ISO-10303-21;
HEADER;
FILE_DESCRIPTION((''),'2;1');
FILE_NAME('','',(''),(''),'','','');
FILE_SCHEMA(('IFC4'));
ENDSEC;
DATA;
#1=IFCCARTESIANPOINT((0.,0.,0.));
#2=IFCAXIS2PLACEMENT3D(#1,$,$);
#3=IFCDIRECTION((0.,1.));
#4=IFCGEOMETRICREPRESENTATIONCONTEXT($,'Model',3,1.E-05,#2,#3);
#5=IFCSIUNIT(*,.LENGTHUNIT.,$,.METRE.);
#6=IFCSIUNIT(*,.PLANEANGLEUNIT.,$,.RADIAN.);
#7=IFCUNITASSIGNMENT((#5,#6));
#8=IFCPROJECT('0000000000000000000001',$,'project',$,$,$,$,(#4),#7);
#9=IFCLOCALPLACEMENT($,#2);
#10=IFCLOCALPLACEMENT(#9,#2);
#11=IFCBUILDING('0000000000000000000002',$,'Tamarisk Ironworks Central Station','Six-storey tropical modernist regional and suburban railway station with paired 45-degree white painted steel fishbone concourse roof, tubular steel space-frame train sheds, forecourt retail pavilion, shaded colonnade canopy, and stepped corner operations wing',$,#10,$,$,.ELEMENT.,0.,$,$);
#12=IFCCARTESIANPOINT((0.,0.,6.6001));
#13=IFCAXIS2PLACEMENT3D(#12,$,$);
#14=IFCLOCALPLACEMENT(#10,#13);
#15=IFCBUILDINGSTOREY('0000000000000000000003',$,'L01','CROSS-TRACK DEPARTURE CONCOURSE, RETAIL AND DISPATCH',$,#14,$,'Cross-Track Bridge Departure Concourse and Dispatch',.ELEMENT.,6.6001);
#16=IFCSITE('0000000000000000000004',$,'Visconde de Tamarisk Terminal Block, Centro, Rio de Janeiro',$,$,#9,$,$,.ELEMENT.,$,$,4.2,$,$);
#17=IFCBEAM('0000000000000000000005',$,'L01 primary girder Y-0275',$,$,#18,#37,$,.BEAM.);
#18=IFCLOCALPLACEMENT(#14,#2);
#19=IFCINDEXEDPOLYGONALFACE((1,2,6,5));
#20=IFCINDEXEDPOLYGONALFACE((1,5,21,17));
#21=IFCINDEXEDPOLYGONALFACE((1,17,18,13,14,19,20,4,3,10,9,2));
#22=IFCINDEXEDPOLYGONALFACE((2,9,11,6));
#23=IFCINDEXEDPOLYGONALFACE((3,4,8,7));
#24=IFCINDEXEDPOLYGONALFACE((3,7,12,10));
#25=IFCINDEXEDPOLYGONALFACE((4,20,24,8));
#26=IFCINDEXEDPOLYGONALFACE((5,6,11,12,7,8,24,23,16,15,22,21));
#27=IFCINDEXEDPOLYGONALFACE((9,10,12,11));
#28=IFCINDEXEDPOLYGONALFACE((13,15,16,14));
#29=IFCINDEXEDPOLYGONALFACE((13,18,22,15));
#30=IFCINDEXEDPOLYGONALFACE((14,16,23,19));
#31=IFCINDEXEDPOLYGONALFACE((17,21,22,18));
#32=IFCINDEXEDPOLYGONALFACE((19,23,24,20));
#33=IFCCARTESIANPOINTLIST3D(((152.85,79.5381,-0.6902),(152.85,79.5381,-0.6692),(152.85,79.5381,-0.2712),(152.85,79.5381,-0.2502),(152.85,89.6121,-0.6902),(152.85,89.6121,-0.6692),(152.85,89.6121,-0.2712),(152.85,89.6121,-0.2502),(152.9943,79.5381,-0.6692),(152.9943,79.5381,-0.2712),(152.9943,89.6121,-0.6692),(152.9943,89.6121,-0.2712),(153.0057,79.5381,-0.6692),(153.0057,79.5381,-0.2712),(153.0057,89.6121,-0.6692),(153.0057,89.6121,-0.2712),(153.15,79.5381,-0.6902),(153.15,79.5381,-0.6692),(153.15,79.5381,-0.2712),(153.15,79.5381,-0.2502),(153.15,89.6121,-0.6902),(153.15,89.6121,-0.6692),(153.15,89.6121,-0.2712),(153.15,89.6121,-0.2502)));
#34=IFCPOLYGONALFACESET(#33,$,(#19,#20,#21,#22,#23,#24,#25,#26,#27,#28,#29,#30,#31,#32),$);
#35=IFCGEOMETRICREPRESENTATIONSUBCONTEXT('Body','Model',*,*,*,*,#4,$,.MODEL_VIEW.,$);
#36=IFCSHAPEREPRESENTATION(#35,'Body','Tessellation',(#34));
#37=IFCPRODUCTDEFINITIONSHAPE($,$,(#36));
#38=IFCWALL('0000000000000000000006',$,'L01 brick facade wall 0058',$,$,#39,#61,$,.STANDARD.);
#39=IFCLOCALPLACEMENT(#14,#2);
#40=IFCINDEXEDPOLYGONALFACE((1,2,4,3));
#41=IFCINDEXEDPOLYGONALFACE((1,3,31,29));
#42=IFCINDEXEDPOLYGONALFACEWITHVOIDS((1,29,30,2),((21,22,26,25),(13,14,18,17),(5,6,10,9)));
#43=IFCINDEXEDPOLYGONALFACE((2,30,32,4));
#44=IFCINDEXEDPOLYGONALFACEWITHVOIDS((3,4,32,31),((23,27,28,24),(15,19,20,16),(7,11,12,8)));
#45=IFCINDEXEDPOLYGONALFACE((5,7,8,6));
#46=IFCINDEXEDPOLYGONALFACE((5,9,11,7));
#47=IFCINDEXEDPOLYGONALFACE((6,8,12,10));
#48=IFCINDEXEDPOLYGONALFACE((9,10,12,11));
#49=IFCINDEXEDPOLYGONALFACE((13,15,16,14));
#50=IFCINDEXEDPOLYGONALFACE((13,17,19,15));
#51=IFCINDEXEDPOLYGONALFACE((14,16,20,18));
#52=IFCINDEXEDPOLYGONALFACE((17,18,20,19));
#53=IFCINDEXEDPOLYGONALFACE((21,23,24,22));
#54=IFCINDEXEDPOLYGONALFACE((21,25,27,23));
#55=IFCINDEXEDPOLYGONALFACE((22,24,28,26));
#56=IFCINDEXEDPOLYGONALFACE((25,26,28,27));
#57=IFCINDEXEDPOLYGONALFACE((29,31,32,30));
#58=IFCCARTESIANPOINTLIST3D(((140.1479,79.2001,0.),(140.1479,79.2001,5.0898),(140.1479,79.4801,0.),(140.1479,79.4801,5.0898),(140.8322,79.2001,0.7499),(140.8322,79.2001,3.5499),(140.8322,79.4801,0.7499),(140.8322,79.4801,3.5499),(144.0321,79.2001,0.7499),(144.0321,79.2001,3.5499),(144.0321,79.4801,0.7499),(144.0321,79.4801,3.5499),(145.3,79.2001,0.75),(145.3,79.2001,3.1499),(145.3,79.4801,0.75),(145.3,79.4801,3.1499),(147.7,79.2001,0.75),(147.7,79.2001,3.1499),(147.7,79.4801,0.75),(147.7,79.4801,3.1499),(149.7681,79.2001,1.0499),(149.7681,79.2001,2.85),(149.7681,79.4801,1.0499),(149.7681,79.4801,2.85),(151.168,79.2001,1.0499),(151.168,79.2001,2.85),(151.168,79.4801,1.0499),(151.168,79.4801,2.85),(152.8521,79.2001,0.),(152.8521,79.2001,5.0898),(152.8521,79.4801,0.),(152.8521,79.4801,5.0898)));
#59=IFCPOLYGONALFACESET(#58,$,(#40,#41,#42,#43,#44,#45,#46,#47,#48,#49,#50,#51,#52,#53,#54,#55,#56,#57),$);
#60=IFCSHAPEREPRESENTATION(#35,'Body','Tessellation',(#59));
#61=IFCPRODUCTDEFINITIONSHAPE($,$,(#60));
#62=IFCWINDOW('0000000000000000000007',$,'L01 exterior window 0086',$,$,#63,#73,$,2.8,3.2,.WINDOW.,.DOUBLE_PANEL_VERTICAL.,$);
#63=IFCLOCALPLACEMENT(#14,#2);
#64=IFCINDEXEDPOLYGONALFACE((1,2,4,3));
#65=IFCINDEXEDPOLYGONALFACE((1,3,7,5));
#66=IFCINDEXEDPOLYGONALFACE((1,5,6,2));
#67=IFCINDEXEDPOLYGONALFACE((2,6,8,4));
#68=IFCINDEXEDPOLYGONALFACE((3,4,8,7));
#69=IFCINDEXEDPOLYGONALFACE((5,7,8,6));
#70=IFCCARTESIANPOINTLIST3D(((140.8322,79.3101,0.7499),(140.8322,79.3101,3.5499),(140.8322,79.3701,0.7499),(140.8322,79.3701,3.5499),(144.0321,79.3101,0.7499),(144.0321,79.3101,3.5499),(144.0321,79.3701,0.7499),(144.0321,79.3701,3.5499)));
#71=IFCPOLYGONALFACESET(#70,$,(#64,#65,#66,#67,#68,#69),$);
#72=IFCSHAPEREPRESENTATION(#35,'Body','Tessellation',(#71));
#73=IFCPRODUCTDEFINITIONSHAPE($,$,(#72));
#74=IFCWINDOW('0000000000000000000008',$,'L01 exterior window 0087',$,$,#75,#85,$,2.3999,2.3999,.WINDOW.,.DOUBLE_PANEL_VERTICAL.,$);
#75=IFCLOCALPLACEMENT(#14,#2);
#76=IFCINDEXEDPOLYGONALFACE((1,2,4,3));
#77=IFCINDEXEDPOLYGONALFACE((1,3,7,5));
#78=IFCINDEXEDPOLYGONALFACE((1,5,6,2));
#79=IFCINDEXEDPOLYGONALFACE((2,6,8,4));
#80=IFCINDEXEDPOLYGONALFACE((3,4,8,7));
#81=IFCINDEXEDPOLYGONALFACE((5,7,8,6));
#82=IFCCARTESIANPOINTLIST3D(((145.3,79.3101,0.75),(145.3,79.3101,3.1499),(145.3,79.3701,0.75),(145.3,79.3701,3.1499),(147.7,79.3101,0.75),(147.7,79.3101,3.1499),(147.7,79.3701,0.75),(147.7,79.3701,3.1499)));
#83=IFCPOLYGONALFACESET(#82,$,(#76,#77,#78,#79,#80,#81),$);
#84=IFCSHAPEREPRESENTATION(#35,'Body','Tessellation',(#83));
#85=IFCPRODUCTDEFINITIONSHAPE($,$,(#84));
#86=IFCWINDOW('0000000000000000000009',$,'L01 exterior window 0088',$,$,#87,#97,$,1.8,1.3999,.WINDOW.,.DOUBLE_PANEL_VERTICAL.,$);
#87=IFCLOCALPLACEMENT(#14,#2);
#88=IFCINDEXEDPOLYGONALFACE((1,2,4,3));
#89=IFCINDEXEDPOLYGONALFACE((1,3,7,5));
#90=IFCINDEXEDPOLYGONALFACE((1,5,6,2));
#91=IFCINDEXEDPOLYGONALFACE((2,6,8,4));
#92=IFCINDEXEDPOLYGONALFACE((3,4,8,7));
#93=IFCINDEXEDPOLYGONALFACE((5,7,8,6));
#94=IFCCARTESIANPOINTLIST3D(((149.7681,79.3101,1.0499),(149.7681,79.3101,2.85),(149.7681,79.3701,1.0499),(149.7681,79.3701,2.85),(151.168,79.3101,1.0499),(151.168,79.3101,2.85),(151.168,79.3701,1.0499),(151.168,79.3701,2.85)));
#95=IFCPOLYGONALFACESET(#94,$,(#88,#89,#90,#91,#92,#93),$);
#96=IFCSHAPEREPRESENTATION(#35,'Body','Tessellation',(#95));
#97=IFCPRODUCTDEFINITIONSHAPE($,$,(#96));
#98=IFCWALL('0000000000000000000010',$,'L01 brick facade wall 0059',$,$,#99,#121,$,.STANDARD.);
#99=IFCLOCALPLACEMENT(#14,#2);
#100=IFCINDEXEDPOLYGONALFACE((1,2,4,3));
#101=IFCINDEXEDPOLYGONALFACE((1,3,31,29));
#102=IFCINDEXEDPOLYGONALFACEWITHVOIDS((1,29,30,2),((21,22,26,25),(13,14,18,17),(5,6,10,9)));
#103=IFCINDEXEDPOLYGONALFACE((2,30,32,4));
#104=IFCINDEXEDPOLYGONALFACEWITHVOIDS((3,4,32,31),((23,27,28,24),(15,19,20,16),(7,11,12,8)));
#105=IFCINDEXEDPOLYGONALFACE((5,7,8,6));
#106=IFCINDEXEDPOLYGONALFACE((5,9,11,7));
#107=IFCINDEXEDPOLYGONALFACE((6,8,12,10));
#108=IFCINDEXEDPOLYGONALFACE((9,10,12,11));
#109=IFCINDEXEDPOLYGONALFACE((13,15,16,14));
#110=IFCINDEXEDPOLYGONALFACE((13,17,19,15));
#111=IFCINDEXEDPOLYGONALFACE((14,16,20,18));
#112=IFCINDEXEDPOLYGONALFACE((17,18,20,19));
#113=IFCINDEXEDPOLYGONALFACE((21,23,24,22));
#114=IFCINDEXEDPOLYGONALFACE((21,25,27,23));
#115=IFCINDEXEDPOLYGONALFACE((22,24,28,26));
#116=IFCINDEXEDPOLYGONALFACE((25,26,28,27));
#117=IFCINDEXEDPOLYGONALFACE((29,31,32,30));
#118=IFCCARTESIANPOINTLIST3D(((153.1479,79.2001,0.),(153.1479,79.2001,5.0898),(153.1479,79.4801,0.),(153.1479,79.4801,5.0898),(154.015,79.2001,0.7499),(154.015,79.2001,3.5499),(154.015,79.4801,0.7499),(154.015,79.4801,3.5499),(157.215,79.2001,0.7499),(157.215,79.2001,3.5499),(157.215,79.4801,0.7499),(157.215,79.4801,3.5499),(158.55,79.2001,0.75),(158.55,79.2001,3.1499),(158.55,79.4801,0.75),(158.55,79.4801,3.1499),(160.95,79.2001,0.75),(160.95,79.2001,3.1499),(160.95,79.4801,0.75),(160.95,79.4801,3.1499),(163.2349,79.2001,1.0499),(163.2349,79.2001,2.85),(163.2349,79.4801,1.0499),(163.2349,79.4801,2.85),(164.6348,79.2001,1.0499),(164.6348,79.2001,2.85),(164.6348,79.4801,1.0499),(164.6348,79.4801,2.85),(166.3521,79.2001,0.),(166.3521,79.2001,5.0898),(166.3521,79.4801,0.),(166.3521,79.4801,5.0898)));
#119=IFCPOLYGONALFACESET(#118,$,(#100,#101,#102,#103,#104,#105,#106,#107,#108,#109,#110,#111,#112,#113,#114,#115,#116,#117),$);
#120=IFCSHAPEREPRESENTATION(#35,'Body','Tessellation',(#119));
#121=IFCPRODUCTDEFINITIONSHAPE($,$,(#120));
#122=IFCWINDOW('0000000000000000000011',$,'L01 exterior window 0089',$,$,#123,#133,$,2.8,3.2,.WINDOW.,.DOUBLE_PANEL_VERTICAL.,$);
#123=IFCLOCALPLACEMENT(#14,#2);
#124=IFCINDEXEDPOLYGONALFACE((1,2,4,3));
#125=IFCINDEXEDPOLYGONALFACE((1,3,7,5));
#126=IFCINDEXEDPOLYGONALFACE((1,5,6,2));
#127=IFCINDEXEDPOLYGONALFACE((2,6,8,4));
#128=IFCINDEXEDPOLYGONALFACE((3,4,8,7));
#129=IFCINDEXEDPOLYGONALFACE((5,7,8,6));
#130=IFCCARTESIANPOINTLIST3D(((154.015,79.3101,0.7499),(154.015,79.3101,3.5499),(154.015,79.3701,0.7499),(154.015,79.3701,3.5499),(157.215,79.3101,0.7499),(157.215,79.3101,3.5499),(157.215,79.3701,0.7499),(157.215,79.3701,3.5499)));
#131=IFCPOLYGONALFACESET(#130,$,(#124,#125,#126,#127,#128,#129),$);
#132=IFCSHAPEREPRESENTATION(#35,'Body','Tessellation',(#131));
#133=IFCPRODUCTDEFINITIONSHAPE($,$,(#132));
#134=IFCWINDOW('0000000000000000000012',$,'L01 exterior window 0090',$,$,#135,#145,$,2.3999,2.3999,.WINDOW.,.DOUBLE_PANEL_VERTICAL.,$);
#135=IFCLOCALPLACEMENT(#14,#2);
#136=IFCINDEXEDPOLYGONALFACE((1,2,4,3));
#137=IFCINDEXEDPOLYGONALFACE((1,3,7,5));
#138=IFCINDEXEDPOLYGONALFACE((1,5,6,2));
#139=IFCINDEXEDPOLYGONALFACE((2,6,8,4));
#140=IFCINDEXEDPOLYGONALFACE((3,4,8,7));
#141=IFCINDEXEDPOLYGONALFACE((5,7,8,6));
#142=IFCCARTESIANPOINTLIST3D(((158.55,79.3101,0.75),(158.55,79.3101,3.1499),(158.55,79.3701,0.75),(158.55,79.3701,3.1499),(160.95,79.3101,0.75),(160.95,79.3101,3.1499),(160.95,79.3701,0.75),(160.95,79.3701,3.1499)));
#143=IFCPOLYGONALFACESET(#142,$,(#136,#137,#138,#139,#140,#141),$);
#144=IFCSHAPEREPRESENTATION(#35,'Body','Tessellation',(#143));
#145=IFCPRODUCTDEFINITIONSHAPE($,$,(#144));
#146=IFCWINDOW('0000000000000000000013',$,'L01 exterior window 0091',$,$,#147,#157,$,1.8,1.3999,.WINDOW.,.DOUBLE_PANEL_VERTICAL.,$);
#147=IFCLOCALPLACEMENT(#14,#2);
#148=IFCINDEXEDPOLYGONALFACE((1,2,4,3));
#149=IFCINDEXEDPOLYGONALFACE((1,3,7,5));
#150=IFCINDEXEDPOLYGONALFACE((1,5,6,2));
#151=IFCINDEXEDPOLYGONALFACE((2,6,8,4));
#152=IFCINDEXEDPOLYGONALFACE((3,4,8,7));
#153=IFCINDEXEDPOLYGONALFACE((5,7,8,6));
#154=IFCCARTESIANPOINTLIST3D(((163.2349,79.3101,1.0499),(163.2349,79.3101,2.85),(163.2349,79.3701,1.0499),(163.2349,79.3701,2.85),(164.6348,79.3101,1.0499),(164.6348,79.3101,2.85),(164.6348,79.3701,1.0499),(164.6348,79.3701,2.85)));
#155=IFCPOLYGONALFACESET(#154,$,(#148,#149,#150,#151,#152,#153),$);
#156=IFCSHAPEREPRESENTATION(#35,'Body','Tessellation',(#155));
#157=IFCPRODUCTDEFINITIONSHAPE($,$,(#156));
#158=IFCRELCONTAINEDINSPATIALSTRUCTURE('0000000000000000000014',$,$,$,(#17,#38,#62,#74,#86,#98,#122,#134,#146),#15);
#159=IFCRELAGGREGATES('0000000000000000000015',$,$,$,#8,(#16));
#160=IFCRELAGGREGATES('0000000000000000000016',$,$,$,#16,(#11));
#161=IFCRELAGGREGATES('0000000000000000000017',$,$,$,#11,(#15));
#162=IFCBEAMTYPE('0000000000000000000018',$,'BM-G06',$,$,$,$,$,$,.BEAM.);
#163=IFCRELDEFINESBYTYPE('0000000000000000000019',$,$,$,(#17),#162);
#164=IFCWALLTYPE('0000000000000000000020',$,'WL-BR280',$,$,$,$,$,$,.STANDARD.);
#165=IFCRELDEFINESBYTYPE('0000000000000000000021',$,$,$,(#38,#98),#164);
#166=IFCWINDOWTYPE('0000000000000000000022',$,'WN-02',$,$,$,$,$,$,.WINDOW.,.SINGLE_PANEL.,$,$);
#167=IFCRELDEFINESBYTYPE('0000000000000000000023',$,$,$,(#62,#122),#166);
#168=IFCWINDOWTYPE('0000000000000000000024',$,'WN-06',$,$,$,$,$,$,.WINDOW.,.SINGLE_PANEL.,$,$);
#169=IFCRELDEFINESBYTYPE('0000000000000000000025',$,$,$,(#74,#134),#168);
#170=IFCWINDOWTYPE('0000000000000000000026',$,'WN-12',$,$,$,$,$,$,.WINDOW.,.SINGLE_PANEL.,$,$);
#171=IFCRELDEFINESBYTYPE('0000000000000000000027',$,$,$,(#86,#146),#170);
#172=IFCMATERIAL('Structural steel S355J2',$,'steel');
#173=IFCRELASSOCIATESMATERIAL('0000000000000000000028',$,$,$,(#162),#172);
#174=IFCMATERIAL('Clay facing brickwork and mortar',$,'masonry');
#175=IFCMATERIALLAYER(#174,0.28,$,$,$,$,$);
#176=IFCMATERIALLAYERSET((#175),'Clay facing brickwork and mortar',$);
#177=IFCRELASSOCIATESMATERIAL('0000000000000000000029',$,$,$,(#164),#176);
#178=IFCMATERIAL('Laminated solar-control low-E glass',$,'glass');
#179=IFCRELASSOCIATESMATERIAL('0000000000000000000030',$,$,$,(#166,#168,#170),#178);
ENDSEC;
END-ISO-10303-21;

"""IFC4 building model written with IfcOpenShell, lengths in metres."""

from ifc_helpers import new_model, si_unit, direction, frame, frame_2d, origin, origin_2d, place, context, subcontext, project, spatial, rectangle, i_section, extrude, material, layer, layer_set, material_profile, profile_set, type_object, element, fill, save


model = new_model("IFC4")

# Units and contexts
model_context = context("Model", 3, precision=1e-05, world=origin(), true_north=direction((0.0, 1.0)))
body_context = subcontext(model_context, "Body", "Model", "MODEL_VIEW")
ifc_project = project(units=[si_unit("LENGTHUNIT", "METRE"), si_unit("PLANEANGLEUNIT", "RADIAN")], contexts=[model_context])

# Site, building, storey
site_placement = place(None, origin())
site = spatial("IfcSite", under=ifc_project, at=site_placement, Name="Visconde de Tamarisk Terminal Block, Centro, Rio de Janeiro", CompositionType="ELEMENT", RefElevation=4.2)
building_placement = place(site_placement, origin())
building = spatial("IfcBuilding", under=site, at=building_placement, Name="Tamarisk Ironworks Central Station", Description="Six-storey tropical modernist regional and suburban railway station with paired 45-degree white painted steel fishbone concourse roof, tubular steel space-frame train sheds, forecourt retail pavilion, shaded colonnade canopy, and stepped corner operations wing", CompositionType="ELEMENT", ElevationOfRefHeight=0.0)
storey_placement = place(building_placement, frame((0.0, 0.0, 6.6001)))
storey = spatial("IfcBuildingStorey", under=building, at=storey_placement, Name="L01", Description="CROSS-TRACK DEPARTURE CONCOURSE, RETAIL AND DISPATCH", LongName="Cross-Track Bridge Departure Concourse and Dispatch", CompositionType="ELEMENT", Elevation=6.6001)

# Shared definitions
ifc_material_1 = material(Name="Structural steel S355J2", Category="steel")

# Beam
ifc_material_profile_1 = material_profile(ifc_material_1, i_section(OverallWidth=0.3, OverallDepth=0.4399, WebThickness=0.0115, FlangeThickness=0.021, at=origin_2d()), Name="HEA 450")
ifc_profile_set_1 = profile_set([ifc_material_profile_1], Name="Structural steel S355J2")
beam_type_1 = type_object("IfcBeamType", Name="BM-G06", PredefinedType="BEAM", material=ifc_profile_set_1)
beam_1_placement = place(storey_placement, frame((153.0, 79.5381, -0.4702), z_axis=(0.0, 1.0, 0.0), x_axis=(-1.0, 0.0, 0.0)))
element("IfcBeam", 1, at=beam_1_placement, inside=storey, type_object=beam_type_1, Name="L01 primary girder Y-0275", PredefinedType="BEAM", context=body_context, shape_type="SweptSolid", body=[
    extrude(i_section(OverallWidth=0.3, OverallDepth=0.4399, WebThickness=0.0115, FlangeThickness=0.021, at=origin_2d()), origin(), (0.0, 0.0, 1.0), 10.074),
])

# Walls, openings, windows
ifc_material_2 = material(Name="Clay facing brickwork and mortar", Category="masonry")
ifc_layer_1 = layer(ifc_material_2, 0.28)
ifc_layer_set_1 = layer_set([ifc_layer_1], Name="Clay facing brickwork and mortar")
wall_type_1 = type_object("IfcWallType", Name="WL-BR280", PredefinedType="STANDARD", material=ifc_layer_set_1)
wall_1_placement = place(storey_placement, frame((140.1479, 79.3401, 0.0), z_axis=(0.0, 0.0, 1.0), x_axis=(1.0, 0.0, 0.0)))
wall_1 = element("IfcWall", 2, at=wall_1_placement, inside=storey, type_object=wall_type_1, Name="L01 brick facade wall 0058", PredefinedType="STANDARD", context=body_context, shape_type="SweptSolid", body=[
    extrude(rectangle(XDim=12.7041, YDim=0.28, at=frame_2d((6.3521, 0.0))), origin(), (0.0, 0.0, 1.0), 5.0898),
])
opening_1_placement = place(wall_1_placement, frame((0.6841, 0.0, 0.75)))
opening_1 = element("IfcOpeningElement", 3, at=opening_1_placement, cuts=wall_1, PredefinedType="OPENING", context=body_context, shape_type="SweptSolid", body=[
    extrude(rectangle(XDim=3.2, YDim=2.8, at=frame_2d((1.6001, 1.3999))), frame((0.0, 0.1519, 0.0), z_axis=(0.0, -1.0, 0.0), x_axis=(1.0, 0.0, 0.0)), (0.0, 0.0, 1.0), 0.304),
])
opening_2_placement = place(wall_1_placement, frame((5.1521, 0.0, 0.75)))
opening_2 = element("IfcOpeningElement", 4, at=opening_2_placement, cuts=wall_1, PredefinedType="OPENING", context=body_context, shape_type="SweptSolid", body=[
    extrude(rectangle(XDim=2.3999, YDim=2.3999, at=frame_2d((1.2, 1.2))), frame((0.0, 0.1519, 0.0), z_axis=(0.0, -1.0, 0.0), x_axis=(1.0, 0.0, 0.0)), (0.0, 0.0, 1.0), 0.304),
])
opening_3_placement = place(wall_1_placement, frame((9.6201, 0.0, 1.05)))
opening_3 = element("IfcOpeningElement", 5, at=opening_3_placement, cuts=wall_1, PredefinedType="OPENING", context=body_context, shape_type="SweptSolid", body=[
    extrude(rectangle(XDim=1.3999, YDim=1.8, at=frame_2d((0.7, 0.8999))), frame((0.0, 0.1519, 0.0), z_axis=(0.0, -1.0, 0.0), x_axis=(1.0, 0.0, 0.0)), (0.0, 0.0, 1.0), 0.304),
])
ifc_material_3 = material(Name="Laminated solar-control low-E glass", Category="glass")
window_type_1 = type_object("IfcWindowType", Name="WN-02", PartitioningType="SINGLE_PANEL", PredefinedType="WINDOW", material=ifc_material_3)
window_1_placement = place(opening_1_placement, origin())
window_1 = element("IfcWindow", 6, at=window_1_placement, inside=storey, type_object=window_type_1, Name="L01 exterior window 0086", OverallHeight=2.8, OverallWidth=3.2, PartitioningType="DOUBLE_PANEL_VERTICAL", PredefinedType="WINDOW", context=body_context, shape_type="SweptSolid", body=[
    extrude(rectangle(XDim=3.2, YDim=2.8, at=frame_2d((1.6001, 1.3999))), frame((0.0, 0.03, 0.0), z_axis=(0.0, -1.0, 0.0), x_axis=(1.0, 0.0, 0.0)), (0.0, 0.0, 1.0), 0.0601),
])
fill(opening_1, window_1)
window_type_2 = type_object("IfcWindowType", Name="WN-06", PartitioningType="SINGLE_PANEL", PredefinedType="WINDOW", material=ifc_material_3)
window_2_placement = place(opening_2_placement, origin())
window_2 = element("IfcWindow", 7, at=window_2_placement, inside=storey, type_object=window_type_2, Name="L01 exterior window 0087", OverallHeight=2.3999, OverallWidth=2.3999, PartitioningType="DOUBLE_PANEL_VERTICAL", PredefinedType="WINDOW", context=body_context, shape_type="SweptSolid", body=[
    extrude(rectangle(XDim=2.3999, YDim=2.3999, at=frame_2d((1.2, 1.2))), frame((0.0, 0.03, 0.0), z_axis=(0.0, -1.0, 0.0), x_axis=(1.0, 0.0, 0.0)), (0.0, 0.0, 1.0), 0.0601),
])
fill(opening_2, window_2)
window_type_3 = type_object("IfcWindowType", Name="WN-12", PartitioningType="SINGLE_PANEL", PredefinedType="WINDOW", material=ifc_material_3)
window_3_placement = place(opening_3_placement, origin())
window_3 = element("IfcWindow", 8, at=window_3_placement, inside=storey, type_object=window_type_3, Name="L01 exterior window 0088", OverallHeight=1.8, OverallWidth=1.3999, PartitioningType="DOUBLE_PANEL_VERTICAL", PredefinedType="WINDOW", context=body_context, shape_type="SweptSolid", body=[
    extrude(rectangle(XDim=1.3999, YDim=1.8, at=frame_2d((0.7, 0.8999))), frame((0.0, 0.03, 0.0), z_axis=(0.0, -1.0, 0.0), x_axis=(1.0, 0.0, 0.0)), (0.0, 0.0, 1.0), 0.0601),
])
fill(opening_3, window_3)
wall_2_placement = place(storey_placement, frame((153.1479, 79.3401, 0.0), z_axis=(0.0, 0.0, 1.0), x_axis=(1.0, 0.0, 0.0)))
wall_2 = element("IfcWall", 9, at=wall_2_placement, inside=storey, type_object=wall_type_1, Name="L01 brick facade wall 0059", PredefinedType="STANDARD", context=body_context, shape_type="SweptSolid", body=[
    extrude(rectangle(XDim=13.2041, YDim=0.28, at=frame_2d((6.6021, 0.0))), origin(), (0.0, 0.0, 1.0), 5.0898),
])
opening_4_placement = place(wall_2_placement, frame((0.8669, 0.0, 0.75)))
opening_4 = element("IfcOpeningElement", 10, at=opening_4_placement, cuts=wall_2, PredefinedType="OPENING", context=body_context, shape_type="SweptSolid", body=[
    extrude(rectangle(XDim=3.2, YDim=2.8, at=frame_2d((1.6001, 1.3999))), frame((0.0, 0.1519, 0.0), z_axis=(0.0, -1.0, 0.0), x_axis=(1.0, 0.0, 0.0)), (0.0, 0.0, 1.0), 0.304),
])
opening_5_placement = place(wall_2_placement, frame((5.4021, 0.0, 0.75)))
opening_5 = element("IfcOpeningElement", 11, at=opening_5_placement, cuts=wall_2, PredefinedType="OPENING", context=body_context, shape_type="SweptSolid", body=[
    extrude(rectangle(XDim=2.3999, YDim=2.3999, at=frame_2d((1.2, 1.2))), frame((0.0, 0.1519, 0.0), z_axis=(0.0, -1.0, 0.0), x_axis=(1.0, 0.0, 0.0)), (0.0, 0.0, 1.0), 0.304),
])
opening_6_placement = place(wall_2_placement, frame((10.0869, 0.0, 1.05)))
opening_6 = element("IfcOpeningElement", 12, at=opening_6_placement, cuts=wall_2, PredefinedType="OPENING", context=body_context, shape_type="SweptSolid", body=[
    extrude(rectangle(XDim=1.3999, YDim=1.8, at=frame_2d((0.7, 0.8999))), frame((0.0, 0.1519, 0.0), z_axis=(0.0, -1.0, 0.0), x_axis=(1.0, 0.0, 0.0)), (0.0, 0.0, 1.0), 0.304),
])
window_4_placement = place(opening_4_placement, origin())
window_4 = element("IfcWindow", 13, at=window_4_placement, inside=storey, type_object=window_type_1, Name="L01 exterior window 0089", OverallHeight=2.8, OverallWidth=3.2, PartitioningType="DOUBLE_PANEL_VERTICAL", PredefinedType="WINDOW", context=body_context, shape_type="SweptSolid", body=[
    extrude(rectangle(XDim=3.2, YDim=2.8, at=frame_2d((1.6001, 1.3999))), frame((0.0, 0.03, 0.0), z_axis=(0.0, -1.0, 0.0), x_axis=(1.0, 0.0, 0.0)), (0.0, 0.0, 1.0), 0.0601),
])
fill(opening_4, window_4)
window_5_placement = place(opening_5_placement, origin())
window_5 = element("IfcWindow", 14, at=window_5_placement, inside=storey, type_object=window_type_2, Name="L01 exterior window 0090", OverallHeight=2.3999, OverallWidth=2.3999, PartitioningType="DOUBLE_PANEL_VERTICAL", PredefinedType="WINDOW", context=body_context, shape_type="SweptSolid", body=[
    extrude(rectangle(XDim=2.3999, YDim=2.3999, at=frame_2d((1.2, 1.2))), frame((0.0, 0.03, 0.0), z_axis=(0.0, -1.0, 0.0), x_axis=(1.0, 0.0, 0.0)), (0.0, 0.0, 1.0), 0.0601),
])
fill(opening_5, window_5)
window_6_placement = place(opening_6_placement, origin())
window_6 = element("IfcWindow", 15, at=window_6_placement, inside=storey, type_object=window_type_3, Name="L01 exterior window 0091", OverallHeight=1.8, OverallWidth=1.3999, PartitioningType="DOUBLE_PANEL_VERTICAL", PredefinedType="WINDOW", context=body_context, shape_type="SweptSolid", body=[
    extrude(rectangle(XDim=1.3999, YDim=1.8, at=frame_2d((0.7, 0.8999))), frame((0.0, 0.03, 0.0), z_axis=(0.0, -1.0, 0.0), x_axis=(1.0, 0.0, 0.0)), (0.0, 0.0, 1.0), 0.0601),
])
fill(opening_6, window_6)

save(model, "model.ifc")
